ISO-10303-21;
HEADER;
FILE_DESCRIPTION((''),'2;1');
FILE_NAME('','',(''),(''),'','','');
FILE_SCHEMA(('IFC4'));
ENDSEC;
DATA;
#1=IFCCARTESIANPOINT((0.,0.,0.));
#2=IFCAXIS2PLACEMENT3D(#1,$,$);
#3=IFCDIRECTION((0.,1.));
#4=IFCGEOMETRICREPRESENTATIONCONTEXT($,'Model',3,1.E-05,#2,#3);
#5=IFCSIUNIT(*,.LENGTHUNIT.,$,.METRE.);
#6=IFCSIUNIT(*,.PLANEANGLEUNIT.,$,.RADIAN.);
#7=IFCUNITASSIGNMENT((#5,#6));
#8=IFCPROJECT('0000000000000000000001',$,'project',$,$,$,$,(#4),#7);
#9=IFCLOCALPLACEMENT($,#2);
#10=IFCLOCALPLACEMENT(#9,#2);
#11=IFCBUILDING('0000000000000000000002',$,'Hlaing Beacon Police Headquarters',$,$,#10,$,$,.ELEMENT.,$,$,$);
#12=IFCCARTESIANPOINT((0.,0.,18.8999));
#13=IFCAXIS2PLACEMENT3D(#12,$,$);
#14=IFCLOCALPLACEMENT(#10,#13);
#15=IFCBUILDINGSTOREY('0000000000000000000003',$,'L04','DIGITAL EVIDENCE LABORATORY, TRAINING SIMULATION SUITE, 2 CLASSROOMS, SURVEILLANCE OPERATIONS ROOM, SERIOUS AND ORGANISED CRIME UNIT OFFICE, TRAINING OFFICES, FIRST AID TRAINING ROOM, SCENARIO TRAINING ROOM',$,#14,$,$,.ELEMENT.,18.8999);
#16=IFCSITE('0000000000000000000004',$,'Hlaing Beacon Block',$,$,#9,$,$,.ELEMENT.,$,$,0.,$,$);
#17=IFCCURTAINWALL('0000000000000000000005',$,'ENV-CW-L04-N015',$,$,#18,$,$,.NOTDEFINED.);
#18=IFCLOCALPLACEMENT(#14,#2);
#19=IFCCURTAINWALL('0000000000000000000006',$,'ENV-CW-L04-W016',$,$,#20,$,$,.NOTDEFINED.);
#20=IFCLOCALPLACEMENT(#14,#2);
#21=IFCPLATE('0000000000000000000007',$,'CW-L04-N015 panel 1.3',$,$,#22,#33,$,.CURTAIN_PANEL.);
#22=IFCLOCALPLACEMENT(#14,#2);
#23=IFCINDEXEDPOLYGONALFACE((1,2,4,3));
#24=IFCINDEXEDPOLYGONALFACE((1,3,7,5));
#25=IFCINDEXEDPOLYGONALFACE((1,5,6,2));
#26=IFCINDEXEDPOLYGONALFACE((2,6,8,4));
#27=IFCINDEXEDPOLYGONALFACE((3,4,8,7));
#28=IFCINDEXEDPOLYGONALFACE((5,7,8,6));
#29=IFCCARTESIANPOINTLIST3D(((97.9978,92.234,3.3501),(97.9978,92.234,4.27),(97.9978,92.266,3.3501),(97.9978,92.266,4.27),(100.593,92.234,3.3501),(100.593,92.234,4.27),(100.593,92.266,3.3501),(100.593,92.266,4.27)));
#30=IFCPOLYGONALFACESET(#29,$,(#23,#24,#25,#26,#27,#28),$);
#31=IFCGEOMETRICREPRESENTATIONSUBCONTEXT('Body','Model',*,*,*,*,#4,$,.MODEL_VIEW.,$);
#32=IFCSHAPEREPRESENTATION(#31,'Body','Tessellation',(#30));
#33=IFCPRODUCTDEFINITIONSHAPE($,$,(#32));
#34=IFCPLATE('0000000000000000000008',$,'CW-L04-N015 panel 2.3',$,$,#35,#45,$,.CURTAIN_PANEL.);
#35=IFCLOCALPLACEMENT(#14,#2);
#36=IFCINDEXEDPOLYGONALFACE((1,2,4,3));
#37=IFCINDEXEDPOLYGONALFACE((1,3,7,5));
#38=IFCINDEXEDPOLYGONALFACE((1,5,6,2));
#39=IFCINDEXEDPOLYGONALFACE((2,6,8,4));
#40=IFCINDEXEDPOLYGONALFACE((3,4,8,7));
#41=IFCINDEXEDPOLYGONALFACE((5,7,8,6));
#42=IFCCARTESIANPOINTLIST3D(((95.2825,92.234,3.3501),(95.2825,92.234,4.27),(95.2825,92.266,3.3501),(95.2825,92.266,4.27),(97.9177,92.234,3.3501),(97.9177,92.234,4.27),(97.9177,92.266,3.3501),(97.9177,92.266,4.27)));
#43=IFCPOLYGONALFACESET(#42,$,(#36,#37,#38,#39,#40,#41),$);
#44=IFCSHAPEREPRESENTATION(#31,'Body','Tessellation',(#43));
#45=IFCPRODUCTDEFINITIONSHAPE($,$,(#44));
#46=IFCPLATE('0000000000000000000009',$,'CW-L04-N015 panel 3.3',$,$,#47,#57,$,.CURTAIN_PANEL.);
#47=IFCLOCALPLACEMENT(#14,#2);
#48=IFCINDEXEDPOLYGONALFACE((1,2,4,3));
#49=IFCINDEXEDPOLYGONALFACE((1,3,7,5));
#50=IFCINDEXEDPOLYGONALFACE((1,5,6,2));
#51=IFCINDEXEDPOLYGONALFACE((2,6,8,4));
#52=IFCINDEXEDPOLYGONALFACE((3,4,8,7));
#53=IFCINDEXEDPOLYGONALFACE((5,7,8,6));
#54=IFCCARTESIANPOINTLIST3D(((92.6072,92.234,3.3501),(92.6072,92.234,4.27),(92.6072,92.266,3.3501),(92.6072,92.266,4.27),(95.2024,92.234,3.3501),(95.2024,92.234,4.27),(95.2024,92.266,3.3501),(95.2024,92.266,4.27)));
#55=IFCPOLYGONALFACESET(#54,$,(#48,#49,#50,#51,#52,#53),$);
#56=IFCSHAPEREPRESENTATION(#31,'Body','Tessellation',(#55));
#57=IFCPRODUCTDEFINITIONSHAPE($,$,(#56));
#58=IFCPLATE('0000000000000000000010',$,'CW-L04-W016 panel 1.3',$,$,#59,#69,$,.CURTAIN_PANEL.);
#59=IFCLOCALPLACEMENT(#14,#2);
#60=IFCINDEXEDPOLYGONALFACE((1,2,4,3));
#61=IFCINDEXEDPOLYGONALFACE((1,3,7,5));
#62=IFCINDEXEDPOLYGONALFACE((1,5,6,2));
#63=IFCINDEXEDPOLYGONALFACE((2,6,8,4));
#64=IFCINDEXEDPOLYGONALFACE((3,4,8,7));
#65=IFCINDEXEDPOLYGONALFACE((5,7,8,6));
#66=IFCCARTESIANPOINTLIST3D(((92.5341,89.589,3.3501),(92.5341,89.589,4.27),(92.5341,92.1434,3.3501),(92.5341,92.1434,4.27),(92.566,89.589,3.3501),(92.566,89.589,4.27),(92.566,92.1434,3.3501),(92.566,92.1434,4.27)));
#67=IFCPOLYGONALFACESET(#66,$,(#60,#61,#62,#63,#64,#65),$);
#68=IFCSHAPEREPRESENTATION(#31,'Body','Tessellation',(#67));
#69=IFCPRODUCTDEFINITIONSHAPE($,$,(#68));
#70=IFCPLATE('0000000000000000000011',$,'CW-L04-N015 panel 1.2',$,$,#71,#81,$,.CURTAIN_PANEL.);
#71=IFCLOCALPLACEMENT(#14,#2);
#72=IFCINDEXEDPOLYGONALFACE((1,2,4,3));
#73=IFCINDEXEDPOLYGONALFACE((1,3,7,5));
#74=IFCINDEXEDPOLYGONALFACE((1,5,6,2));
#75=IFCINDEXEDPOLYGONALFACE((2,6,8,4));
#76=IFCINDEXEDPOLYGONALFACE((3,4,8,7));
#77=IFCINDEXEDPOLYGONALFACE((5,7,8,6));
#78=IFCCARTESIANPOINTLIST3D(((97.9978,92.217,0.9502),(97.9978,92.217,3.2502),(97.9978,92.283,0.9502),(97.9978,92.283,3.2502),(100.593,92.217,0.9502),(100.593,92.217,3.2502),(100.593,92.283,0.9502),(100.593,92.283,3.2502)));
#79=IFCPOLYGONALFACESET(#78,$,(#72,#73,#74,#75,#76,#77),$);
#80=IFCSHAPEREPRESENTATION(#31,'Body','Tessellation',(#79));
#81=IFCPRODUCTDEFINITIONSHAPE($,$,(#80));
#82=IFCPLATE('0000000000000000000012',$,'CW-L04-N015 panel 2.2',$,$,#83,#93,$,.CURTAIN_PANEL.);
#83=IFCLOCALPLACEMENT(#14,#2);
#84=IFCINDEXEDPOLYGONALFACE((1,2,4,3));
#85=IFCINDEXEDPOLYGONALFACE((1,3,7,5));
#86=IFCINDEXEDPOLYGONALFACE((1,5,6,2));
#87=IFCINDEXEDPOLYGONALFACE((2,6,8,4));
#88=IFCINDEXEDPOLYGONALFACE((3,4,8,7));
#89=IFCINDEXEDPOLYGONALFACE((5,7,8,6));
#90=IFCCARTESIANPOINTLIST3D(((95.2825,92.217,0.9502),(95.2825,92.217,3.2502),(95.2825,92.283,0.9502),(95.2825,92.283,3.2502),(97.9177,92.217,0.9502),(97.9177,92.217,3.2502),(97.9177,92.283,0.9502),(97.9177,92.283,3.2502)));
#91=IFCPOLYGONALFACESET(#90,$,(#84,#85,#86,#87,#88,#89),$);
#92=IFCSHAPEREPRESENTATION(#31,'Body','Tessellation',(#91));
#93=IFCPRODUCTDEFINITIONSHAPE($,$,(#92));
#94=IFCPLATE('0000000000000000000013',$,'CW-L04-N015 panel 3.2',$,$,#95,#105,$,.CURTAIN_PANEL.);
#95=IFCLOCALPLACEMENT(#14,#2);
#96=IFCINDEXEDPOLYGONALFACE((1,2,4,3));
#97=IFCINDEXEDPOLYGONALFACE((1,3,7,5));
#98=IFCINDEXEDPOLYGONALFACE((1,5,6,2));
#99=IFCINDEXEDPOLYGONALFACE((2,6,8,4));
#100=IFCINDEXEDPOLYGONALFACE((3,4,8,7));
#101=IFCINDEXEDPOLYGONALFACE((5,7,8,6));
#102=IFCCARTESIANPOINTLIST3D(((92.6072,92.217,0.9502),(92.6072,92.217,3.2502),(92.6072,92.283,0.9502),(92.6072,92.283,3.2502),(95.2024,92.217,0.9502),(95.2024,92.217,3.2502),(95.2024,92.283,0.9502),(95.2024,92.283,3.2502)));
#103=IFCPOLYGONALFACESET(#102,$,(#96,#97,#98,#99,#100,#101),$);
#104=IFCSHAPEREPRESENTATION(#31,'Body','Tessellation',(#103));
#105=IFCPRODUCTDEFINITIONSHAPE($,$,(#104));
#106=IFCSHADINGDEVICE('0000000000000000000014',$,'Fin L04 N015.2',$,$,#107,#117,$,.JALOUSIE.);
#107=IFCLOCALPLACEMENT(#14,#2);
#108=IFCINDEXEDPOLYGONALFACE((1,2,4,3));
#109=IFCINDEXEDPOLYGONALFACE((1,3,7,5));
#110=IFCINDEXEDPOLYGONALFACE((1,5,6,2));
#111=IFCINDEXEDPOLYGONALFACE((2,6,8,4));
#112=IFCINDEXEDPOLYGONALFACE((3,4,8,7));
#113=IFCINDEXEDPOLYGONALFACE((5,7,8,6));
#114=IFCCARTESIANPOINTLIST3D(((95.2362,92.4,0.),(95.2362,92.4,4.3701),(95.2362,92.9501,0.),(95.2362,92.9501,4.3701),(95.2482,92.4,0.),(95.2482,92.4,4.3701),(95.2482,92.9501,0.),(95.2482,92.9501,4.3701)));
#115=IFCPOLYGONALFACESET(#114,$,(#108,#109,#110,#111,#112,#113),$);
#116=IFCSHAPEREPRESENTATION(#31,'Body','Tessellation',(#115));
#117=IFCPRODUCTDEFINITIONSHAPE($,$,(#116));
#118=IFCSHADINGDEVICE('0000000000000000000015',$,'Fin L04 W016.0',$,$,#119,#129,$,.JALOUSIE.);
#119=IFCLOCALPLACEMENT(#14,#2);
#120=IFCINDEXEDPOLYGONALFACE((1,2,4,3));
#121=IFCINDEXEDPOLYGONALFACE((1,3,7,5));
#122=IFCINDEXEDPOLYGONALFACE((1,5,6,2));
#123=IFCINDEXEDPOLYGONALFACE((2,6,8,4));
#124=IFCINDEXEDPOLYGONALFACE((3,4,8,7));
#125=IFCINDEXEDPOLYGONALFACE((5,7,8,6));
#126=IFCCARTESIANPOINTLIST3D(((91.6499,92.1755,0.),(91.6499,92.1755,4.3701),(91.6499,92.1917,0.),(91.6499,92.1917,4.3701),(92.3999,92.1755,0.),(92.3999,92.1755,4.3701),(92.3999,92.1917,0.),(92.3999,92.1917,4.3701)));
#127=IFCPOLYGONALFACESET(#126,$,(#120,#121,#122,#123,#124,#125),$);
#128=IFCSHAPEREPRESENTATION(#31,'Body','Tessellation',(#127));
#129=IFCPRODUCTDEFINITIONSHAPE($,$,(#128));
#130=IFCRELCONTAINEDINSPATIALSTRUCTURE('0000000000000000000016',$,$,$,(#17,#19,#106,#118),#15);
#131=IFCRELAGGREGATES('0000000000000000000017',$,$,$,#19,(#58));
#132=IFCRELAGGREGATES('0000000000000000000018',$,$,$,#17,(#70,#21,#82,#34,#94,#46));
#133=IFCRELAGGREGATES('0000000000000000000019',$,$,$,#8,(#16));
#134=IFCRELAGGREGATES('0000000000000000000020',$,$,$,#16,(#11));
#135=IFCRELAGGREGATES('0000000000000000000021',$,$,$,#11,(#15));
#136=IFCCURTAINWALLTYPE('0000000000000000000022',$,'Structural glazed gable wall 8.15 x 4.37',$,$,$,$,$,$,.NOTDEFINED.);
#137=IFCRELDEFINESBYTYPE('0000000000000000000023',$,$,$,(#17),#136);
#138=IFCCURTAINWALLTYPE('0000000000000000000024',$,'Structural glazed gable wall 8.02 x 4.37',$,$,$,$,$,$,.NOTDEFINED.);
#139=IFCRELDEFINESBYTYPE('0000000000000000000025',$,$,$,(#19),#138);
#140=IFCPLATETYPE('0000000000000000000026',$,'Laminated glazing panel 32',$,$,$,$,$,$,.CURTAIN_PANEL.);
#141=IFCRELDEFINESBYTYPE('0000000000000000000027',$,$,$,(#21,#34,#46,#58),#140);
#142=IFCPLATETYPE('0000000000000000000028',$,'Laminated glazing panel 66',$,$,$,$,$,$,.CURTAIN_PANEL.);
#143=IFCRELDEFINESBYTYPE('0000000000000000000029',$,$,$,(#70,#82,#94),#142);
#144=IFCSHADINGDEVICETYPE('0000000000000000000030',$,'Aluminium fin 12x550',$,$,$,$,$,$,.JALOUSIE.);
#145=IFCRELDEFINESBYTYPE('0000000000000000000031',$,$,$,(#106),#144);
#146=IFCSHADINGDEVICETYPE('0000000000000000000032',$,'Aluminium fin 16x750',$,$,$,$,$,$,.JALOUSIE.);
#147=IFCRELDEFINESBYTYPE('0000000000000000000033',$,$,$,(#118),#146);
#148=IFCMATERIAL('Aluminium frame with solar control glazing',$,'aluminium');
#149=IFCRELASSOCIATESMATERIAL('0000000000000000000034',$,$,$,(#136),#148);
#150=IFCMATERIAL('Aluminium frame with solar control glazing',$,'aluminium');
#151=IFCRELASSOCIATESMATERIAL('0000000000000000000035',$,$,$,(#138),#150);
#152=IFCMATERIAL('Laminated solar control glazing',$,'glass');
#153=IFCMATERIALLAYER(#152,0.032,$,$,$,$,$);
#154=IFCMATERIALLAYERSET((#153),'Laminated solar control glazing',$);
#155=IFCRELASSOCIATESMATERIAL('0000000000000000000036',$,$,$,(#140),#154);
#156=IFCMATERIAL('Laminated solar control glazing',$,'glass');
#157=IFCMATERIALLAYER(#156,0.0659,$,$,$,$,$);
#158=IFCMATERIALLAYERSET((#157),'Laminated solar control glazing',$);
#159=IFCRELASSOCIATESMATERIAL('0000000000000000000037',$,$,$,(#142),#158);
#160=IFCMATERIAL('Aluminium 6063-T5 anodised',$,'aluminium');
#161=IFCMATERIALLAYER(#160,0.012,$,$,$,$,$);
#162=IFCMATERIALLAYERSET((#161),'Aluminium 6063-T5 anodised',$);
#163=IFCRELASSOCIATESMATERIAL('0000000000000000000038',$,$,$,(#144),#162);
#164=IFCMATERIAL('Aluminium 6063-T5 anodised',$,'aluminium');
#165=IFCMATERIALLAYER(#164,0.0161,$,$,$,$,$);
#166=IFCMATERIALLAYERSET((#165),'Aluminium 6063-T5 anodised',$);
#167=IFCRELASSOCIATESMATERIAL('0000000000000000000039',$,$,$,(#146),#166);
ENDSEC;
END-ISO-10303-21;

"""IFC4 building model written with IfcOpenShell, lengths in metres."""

from ifc_helpers import new_model, si_unit, direction, frame, origin, origin_2d, place, context, subcontext, project, spatial, rectangle, extrude, material, layer, layer_set, type_object, element, aggregate, save


model = new_model("IFC4")

# Units and contexts
model_context = context("Model", 3, precision=1e-05, world=origin(), true_north=direction((0.0, 1.0)))
body_context = subcontext(model_context, "Body", "Model", "MODEL_VIEW")
ifc_project = project(units=[si_unit("LENGTHUNIT", "METRE"), si_unit("PLANEANGLEUNIT", "RADIAN")], contexts=[model_context])

# Site, building, storey
site_placement = place(None, origin())
site = spatial("IfcSite", under=ifc_project, at=site_placement, Name="Hlaing Beacon Block", CompositionType="ELEMENT", RefElevation=0.0)
building_placement = place(site_placement, origin())
building = spatial("IfcBuilding", under=site, at=building_placement, Name="Hlaing Beacon Police Headquarters", CompositionType="ELEMENT")
storey_placement = place(building_placement, frame((0.0, 0.0, 18.8999)))
storey = spatial("IfcBuildingStorey", under=building, at=storey_placement, Name="L04", Description="DIGITAL EVIDENCE LABORATORY, TRAINING SIMULATION SUITE, 2 CLASSROOMS, SURVEILLANCE OPERATIONS ROOM, SERIOUS AND ORGANISED CRIME UNIT OFFICE, TRAINING OFFICES, FIRST AID TRAINING ROOM, SCENARIO TRAINING ROOM", CompositionType="ELEMENT", Elevation=18.8999)

# Curtain wall
ifc_material_1 = material(Name="Aluminium frame with solar control glazing", Category="aluminium")
curtain_wall_type_1 = type_object("IfcCurtainWallType", Name="Structural glazed gable wall 8.15 x 4.37", PredefinedType="NOTDEFINED", material=ifc_material_1)
curtain_wall_1_placement = place(storey_placement, origin())
curtain_wall_1 = element("IfcCurtainWall", 1, at=curtain_wall_1_placement, inside=storey, type_object=curtain_wall_type_1, Name="ENV-CW-L04-N015", PredefinedType="NOTDEFINED")

# Curtain wall
ifc_material_2 = material(Name="Aluminium frame with solar control glazing", Category="aluminium")
curtain_wall_type_2 = type_object("IfcCurtainWallType", Name="Structural glazed gable wall 8.02 x 4.37", PredefinedType="NOTDEFINED", material=ifc_material_2)
curtain_wall_2_placement = place(storey_placement, origin())
curtain_wall_2 = element("IfcCurtainWall", 2, at=curtain_wall_2_placement, inside=storey, type_object=curtain_wall_type_2, Name="ENV-CW-L04-W016", PredefinedType="NOTDEFINED")

# Plates
ifc_material_3 = material(Name="Laminated solar control glazing", Category="glass")
ifc_layer_1 = layer(ifc_material_3, 0.032)
ifc_layer_set_1 = layer_set([ifc_layer_1], Name="Laminated solar control glazing")
plate_type_1 = type_object("IfcPlateType", Name="Laminated glazing panel 32", PredefinedType="CURTAIN_PANEL", material=ifc_layer_set_1)
plate_1_placement = place(storey_placement, frame((99.2954, 92.25, 3.3501), z_axis=(0.0, 0.0, 1.0), x_axis=(-1.0, 0.0, 0.0)))
plate_1 = element("IfcPlate", 3, at=plate_1_placement, type_object=plate_type_1, Name="CW-L04-N015 panel 1.3", PredefinedType="CURTAIN_PANEL", context=body_context, shape_type="SweptSolid", body=[
    extrude(rectangle(XDim=2.5952, YDim=0.032, at=origin_2d()), origin(), (0.0, 0.0, 1.0), 0.9199),
])
plate_2_placement = place(storey_placement, frame((96.6001, 92.25, 3.3501), z_axis=(0.0, 0.0, 1.0), x_axis=(-1.0, 0.0, 0.0)))
plate_2 = element("IfcPlate", 4, at=plate_2_placement, type_object=plate_type_1, Name="CW-L04-N015 panel 2.3", PredefinedType="CURTAIN_PANEL", context=body_context, shape_type="SweptSolid", body=[
    extrude(rectangle(XDim=2.6353, YDim=0.032, at=origin_2d()), origin(), (0.0, 0.0, 1.0), 0.9199),
])
plate_3_placement = place(storey_placement, frame((93.9048, 92.25, 3.3501), z_axis=(0.0, 0.0, 1.0), x_axis=(-1.0, 0.0, 0.0)))
plate_3 = element("IfcPlate", 5, at=plate_3_placement, type_object=plate_type_1, Name="CW-L04-N015 panel 3.3", PredefinedType="CURTAIN_PANEL", context=body_context, shape_type="SweptSolid", body=[
    extrude(rectangle(XDim=2.5952, YDim=0.032, at=origin_2d()), origin(), (0.0, 0.0, 1.0), 0.9199),
])
plate_4_placement = place(storey_placement, frame((92.55, 90.8662, 3.3501), z_axis=(0.0, 0.0, 1.0), x_axis=(0.0, -1.0, 0.0)))
plate_4 = element("IfcPlate", 6, at=plate_4_placement, type_object=plate_type_1, Name="CW-L04-W016 panel 1.3", PredefinedType="CURTAIN_PANEL", context=body_context, shape_type="SweptSolid", body=[
    extrude(rectangle(XDim=2.5544, YDim=0.032, at=origin_2d()), origin(), (0.0, 0.0, 1.0), 0.9199),
])
aggregate(curtain_wall_2, [plate_4])
ifc_material_4 = material(Name="Laminated solar control glazing", Category="glass")
ifc_layer_2 = layer(ifc_material_4, 0.0659)
ifc_layer_set_2 = layer_set([ifc_layer_2], Name="Laminated solar control glazing")
plate_type_2 = type_object("IfcPlateType", Name="Laminated glazing panel 66", PredefinedType="CURTAIN_PANEL", material=ifc_layer_set_2)
plate_5_placement = place(storey_placement, frame((99.2954, 92.25, 0.9502), z_axis=(0.0, 0.0, 1.0), x_axis=(-1.0, 0.0, 0.0)))
plate_5 = element("IfcPlate", 7, at=plate_5_placement, type_object=plate_type_2, Name="CW-L04-N015 panel 1.2", PredefinedType="CURTAIN_PANEL", context=body_context, shape_type="SweptSolid", body=[
    extrude(rectangle(XDim=2.5952, YDim=0.0659, at=origin_2d()), origin(), (0.0, 0.0, 1.0), 2.3),
])
plate_6_placement = place(storey_placement, frame((96.6001, 92.25, 0.9502), z_axis=(0.0, 0.0, 1.0), x_axis=(-1.0, 0.0, 0.0)))
plate_6 = element("IfcPlate", 8, at=plate_6_placement, type_object=plate_type_2, Name="CW-L04-N015 panel 2.2", PredefinedType="CURTAIN_PANEL", context=body_context, shape_type="SweptSolid", body=[
    extrude(rectangle(XDim=2.6353, YDim=0.0659, at=origin_2d()), origin(), (0.0, 0.0, 1.0), 2.3),
])
plate_7_placement = place(storey_placement, frame((93.9048, 92.25, 0.9502), z_axis=(0.0, 0.0, 1.0), x_axis=(-1.0, 0.0, 0.0)))
plate_7 = element("IfcPlate", 9, at=plate_7_placement, type_object=plate_type_2, Name="CW-L04-N015 panel 3.2", PredefinedType="CURTAIN_PANEL", context=body_context, shape_type="SweptSolid", body=[
    extrude(rectangle(XDim=2.5952, YDim=0.0659, at=origin_2d()), origin(), (0.0, 0.0, 1.0), 2.3),
])
aggregate(curtain_wall_1, [plate_5, plate_1, plate_6, plate_2, plate_7, plate_3])

# Shading devices
ifc_material_5 = material(Name="Aluminium 6063-T5 anodised", Category="aluminium")
ifc_layer_3 = layer(ifc_material_5, 0.012)
ifc_layer_set_3 = layer_set([ifc_layer_3], Name="Aluminium 6063-T5 anodised")
shading_device_type_1 = type_object("IfcShadingDeviceType", Name="Aluminium fin 12x550", PredefinedType="JALOUSIE", material=ifc_layer_set_3)
shading_device_1_placement = place(storey_placement, frame((95.2422, 92.675, 0.0), z_axis=(0.0, 0.0, 1.0), x_axis=(-1.0, 0.0, 0.0)))
element("IfcShadingDevice", 10, at=shading_device_1_placement, inside=storey, type_object=shading_device_type_1, Name="Fin L04 N015.2", PredefinedType="JALOUSIE", context=body_context, shape_type="SweptSolid", body=[
    extrude(rectangle(XDim=0.012, YDim=0.55, at=origin_2d()), origin(), (0.0, 0.0, 1.0), 4.3701),
])
ifc_material_6 = material(Name="Aluminium 6063-T5 anodised", Category="aluminium")
ifc_layer_4 = layer(ifc_material_6, 0.0161)
ifc_layer_set_4 = layer_set([ifc_layer_4], Name="Aluminium 6063-T5 anodised")
shading_device_type_2 = type_object("IfcShadingDeviceType", Name="Aluminium fin 16x750", PredefinedType="JALOUSIE", material=ifc_layer_set_4)
shading_device_2_placement = place(storey_placement, frame((92.0249, 92.1836, 0.0), z_axis=(0.0, 0.0, 1.0), x_axis=(0.0, -1.0, 0.0)))
element("IfcShadingDevice", 11, at=shading_device_2_placement, inside=storey, type_object=shading_device_type_2, Name="Fin L04 W016.0", PredefinedType="JALOUSIE", context=body_context, shape_type="SweptSolid", body=[
    extrude(rectangle(XDim=0.0161, YDim=0.75, at=origin_2d()), origin(), (0.0, 0.0, 1.0), 4.3701),
])

save(model, "model.ifc")
